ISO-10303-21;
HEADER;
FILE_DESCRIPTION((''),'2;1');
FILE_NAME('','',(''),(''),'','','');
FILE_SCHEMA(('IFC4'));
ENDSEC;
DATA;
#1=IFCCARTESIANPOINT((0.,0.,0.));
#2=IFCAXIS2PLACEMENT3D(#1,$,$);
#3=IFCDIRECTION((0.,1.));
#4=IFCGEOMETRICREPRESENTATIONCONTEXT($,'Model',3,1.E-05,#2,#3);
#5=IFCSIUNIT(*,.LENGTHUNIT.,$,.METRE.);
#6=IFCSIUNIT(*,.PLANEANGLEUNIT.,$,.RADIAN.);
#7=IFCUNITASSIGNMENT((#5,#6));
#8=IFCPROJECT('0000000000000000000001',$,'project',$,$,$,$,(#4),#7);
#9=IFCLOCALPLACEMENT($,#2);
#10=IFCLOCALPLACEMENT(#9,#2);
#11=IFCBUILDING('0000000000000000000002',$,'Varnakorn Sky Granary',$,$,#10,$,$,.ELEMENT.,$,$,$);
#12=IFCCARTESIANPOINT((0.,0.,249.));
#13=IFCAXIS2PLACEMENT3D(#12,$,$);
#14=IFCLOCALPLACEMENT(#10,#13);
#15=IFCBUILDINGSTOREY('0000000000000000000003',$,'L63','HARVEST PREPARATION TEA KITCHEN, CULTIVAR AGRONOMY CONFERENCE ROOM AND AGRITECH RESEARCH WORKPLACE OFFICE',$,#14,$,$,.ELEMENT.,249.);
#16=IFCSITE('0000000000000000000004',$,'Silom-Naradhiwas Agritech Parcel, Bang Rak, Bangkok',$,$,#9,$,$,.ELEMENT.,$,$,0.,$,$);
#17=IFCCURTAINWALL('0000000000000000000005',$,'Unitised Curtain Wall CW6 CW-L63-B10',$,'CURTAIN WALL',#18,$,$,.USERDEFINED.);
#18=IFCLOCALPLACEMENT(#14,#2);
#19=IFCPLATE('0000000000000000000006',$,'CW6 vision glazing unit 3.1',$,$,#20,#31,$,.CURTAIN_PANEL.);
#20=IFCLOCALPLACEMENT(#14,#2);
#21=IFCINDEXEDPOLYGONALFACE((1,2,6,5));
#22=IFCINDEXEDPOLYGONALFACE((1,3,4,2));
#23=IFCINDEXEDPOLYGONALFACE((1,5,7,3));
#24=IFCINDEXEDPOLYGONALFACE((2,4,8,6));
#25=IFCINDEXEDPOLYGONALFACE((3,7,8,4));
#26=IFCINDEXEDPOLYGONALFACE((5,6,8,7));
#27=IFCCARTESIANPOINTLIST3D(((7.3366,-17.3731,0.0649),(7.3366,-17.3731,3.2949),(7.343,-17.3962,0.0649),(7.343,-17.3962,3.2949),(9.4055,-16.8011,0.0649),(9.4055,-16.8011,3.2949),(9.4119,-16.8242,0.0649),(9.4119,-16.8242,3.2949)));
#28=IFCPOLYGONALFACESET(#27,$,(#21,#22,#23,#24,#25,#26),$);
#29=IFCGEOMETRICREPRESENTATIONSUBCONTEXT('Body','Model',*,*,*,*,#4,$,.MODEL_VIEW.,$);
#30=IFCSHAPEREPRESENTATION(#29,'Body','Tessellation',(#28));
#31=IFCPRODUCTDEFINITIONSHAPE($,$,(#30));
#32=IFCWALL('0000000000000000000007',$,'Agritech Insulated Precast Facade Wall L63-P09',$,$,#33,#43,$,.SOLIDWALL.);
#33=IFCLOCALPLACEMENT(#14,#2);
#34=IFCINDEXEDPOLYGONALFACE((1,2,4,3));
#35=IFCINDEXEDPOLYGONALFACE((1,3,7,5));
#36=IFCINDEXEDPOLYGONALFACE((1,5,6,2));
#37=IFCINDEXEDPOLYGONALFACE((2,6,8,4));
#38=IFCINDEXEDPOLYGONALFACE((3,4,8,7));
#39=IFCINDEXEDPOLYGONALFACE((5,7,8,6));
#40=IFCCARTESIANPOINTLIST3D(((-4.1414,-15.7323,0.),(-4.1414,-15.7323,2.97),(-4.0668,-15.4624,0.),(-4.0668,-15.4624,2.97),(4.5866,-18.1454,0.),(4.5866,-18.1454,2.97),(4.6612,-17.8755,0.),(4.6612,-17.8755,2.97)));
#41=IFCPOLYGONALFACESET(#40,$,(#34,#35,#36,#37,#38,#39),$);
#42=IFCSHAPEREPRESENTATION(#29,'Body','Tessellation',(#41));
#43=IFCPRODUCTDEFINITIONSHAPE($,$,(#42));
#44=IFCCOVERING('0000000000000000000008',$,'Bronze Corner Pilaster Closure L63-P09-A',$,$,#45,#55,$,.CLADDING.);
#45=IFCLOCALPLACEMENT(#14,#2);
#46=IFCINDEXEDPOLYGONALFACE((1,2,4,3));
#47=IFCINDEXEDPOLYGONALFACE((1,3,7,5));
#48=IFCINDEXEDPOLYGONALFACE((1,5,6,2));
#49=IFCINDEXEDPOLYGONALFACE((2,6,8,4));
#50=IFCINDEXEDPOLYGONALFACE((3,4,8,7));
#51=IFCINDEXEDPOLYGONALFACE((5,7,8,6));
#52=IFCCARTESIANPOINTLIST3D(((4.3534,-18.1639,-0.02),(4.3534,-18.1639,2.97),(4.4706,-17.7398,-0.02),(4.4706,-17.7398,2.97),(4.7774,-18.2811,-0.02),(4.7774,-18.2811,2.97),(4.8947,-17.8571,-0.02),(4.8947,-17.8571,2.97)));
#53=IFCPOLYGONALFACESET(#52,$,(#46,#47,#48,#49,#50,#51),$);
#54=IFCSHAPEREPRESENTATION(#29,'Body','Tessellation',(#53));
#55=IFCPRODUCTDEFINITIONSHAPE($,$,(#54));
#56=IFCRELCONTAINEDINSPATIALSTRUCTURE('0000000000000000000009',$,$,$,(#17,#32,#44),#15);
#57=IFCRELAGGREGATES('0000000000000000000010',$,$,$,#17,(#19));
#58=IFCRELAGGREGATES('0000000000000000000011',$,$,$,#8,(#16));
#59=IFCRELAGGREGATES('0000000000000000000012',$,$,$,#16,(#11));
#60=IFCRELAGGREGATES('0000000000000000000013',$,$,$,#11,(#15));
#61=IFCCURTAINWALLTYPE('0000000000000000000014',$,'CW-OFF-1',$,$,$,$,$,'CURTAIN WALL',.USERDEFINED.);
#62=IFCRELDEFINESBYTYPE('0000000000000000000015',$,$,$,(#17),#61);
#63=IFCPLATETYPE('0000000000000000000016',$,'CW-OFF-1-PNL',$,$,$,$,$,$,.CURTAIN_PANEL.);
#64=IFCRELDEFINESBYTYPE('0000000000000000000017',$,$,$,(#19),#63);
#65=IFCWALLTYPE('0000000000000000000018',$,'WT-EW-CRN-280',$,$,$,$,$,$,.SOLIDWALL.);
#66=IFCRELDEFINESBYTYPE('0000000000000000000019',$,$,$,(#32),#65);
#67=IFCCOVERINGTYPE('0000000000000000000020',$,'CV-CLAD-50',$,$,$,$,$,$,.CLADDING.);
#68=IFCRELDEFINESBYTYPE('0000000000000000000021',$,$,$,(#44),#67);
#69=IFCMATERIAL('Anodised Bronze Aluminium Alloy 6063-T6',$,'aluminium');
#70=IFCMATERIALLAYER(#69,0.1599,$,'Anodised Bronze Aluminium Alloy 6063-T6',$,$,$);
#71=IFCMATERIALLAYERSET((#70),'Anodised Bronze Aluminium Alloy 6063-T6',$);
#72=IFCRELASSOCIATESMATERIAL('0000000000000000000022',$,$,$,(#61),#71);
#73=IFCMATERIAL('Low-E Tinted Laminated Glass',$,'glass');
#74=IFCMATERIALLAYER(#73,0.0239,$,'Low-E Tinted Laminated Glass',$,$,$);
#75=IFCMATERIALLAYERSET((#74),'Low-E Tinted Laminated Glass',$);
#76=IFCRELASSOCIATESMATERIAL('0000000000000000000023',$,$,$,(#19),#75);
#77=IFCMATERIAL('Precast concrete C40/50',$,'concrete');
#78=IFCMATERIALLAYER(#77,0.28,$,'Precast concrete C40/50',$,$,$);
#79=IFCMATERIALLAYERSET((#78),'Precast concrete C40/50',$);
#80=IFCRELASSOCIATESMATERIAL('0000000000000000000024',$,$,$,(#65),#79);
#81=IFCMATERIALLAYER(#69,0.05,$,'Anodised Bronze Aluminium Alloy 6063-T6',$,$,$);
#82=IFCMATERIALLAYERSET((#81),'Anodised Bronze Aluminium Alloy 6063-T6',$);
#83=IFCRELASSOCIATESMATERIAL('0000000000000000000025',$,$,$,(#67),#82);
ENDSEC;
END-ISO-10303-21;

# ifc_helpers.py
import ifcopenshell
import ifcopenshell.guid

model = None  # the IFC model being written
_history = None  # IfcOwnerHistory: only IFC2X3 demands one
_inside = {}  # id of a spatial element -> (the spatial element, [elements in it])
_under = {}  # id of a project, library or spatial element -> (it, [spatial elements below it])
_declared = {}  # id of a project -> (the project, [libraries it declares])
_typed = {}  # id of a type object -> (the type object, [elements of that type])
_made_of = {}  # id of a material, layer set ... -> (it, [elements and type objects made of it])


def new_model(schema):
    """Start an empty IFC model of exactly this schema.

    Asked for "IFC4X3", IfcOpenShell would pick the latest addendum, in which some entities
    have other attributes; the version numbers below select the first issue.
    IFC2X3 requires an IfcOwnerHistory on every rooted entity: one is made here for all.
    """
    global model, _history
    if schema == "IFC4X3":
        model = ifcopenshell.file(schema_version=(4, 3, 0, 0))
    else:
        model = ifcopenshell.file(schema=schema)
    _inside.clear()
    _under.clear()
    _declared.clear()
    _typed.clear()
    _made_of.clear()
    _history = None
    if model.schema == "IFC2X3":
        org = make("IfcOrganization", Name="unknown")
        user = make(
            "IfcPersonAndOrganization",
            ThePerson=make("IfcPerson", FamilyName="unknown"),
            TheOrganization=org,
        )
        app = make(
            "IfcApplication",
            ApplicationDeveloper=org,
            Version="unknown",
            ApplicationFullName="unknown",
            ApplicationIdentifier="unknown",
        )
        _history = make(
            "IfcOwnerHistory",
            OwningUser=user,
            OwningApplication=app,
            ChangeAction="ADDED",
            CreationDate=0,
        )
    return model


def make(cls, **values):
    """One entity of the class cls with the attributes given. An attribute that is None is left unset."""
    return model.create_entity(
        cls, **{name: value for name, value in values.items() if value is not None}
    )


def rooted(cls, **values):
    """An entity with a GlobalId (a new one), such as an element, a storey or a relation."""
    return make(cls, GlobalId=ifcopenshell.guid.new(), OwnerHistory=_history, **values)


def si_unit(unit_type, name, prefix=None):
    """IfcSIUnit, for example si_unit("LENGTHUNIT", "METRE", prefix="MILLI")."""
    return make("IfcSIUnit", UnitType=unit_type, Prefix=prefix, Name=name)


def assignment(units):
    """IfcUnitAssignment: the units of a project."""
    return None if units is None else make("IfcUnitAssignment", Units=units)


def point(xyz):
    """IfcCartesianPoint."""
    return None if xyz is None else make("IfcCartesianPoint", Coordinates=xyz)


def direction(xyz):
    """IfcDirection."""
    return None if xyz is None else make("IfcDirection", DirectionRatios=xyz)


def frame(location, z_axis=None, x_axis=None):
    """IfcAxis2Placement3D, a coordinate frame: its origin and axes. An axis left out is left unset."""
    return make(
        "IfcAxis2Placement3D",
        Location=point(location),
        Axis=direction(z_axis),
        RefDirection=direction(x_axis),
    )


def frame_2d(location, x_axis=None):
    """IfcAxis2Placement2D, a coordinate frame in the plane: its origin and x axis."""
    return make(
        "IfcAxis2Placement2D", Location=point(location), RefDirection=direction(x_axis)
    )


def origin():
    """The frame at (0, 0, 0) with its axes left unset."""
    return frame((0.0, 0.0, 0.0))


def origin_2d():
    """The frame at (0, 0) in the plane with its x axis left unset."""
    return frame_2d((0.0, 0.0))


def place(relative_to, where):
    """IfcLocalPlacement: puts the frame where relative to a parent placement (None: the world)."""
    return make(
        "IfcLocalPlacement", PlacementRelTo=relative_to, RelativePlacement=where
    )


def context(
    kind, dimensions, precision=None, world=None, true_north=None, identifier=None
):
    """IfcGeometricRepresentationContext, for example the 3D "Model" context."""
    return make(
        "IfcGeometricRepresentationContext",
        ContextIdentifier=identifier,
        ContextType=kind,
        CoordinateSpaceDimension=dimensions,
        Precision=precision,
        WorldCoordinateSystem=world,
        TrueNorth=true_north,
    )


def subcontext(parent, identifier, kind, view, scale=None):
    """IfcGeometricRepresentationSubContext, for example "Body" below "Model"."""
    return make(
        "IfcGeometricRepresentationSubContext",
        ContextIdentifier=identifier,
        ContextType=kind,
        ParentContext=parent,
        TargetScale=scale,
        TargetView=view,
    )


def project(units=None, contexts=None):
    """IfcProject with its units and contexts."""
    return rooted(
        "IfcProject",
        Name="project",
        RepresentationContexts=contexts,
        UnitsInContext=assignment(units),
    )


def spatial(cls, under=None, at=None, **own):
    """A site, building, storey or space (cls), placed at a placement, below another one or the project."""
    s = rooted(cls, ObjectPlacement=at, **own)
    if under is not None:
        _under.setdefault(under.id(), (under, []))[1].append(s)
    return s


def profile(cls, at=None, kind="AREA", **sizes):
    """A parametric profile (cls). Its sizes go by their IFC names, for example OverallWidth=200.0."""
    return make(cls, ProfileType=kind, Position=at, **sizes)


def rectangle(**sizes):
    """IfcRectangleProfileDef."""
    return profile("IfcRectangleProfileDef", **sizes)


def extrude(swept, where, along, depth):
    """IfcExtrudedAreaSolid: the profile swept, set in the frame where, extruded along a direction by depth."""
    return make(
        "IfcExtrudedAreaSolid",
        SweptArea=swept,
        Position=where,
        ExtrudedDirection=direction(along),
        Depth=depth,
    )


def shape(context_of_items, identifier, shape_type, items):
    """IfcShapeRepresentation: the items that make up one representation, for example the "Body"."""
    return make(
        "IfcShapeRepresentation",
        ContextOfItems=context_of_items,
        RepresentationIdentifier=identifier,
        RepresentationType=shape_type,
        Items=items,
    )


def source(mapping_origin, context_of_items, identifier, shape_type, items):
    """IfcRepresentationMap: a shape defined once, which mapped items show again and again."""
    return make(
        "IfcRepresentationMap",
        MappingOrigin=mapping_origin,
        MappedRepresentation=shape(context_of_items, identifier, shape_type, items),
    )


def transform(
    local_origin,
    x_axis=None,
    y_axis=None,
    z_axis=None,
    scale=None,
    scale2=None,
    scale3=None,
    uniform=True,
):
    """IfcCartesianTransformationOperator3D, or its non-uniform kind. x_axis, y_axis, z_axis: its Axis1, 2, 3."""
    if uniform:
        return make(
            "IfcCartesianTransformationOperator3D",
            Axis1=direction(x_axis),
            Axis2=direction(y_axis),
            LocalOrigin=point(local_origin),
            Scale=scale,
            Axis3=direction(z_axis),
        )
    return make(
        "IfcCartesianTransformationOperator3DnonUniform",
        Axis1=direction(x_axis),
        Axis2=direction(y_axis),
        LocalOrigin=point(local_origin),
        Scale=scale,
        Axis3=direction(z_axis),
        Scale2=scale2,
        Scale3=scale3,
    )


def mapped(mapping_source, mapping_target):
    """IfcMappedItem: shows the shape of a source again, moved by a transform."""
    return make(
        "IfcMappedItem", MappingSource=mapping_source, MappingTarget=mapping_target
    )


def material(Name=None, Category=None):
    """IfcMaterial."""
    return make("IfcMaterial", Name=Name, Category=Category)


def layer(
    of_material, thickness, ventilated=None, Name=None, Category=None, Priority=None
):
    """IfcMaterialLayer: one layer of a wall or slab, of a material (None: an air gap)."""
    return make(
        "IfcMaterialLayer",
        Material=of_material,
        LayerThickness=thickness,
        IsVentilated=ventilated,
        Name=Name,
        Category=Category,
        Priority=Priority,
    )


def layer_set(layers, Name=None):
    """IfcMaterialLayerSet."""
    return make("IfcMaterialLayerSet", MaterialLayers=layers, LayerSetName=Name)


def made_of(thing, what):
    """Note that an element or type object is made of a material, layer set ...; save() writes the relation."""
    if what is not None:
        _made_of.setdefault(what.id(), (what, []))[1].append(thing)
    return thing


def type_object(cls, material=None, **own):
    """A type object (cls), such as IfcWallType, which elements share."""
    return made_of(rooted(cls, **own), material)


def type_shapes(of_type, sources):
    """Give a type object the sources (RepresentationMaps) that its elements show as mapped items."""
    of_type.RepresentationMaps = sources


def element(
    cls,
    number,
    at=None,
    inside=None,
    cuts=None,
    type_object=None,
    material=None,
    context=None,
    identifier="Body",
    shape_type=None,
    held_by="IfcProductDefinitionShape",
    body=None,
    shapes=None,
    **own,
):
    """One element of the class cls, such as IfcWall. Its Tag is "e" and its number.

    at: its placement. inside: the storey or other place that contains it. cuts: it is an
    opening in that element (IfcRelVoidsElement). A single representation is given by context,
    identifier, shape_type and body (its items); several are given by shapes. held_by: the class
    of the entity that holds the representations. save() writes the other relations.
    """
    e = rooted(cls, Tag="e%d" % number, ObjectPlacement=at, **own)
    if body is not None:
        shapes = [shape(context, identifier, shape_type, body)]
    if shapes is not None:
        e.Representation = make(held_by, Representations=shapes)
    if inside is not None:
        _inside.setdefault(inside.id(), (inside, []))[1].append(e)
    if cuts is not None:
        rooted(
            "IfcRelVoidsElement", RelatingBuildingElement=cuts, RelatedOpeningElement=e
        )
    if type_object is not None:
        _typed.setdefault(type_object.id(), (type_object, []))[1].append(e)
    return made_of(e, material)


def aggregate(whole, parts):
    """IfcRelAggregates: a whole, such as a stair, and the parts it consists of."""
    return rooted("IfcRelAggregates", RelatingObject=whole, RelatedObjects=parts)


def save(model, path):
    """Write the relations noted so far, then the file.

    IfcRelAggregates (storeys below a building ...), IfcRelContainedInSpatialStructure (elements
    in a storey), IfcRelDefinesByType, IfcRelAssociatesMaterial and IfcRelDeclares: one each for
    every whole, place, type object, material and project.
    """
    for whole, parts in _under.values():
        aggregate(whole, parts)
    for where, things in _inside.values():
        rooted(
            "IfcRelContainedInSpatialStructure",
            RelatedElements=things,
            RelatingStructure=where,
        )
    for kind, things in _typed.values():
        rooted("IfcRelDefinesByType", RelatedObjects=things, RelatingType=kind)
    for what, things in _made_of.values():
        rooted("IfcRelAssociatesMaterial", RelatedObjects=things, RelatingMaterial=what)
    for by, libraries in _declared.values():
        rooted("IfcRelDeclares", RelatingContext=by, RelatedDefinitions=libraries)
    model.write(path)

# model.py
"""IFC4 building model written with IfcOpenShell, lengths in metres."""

from ifc_helpers import new_model, si_unit, direction, frame, frame_2d, origin, origin_2d, place, context, subcontext, project, spatial, rectangle, extrude, source, transform, mapped, material, layer, layer_set, type_object, type_shapes, element, aggregate, save


model = new_model("IFC4")

# Units and contexts
model_context = context("Model", 3, precision=1e-05, world=origin(), true_north=direction((0.0, 1.0)))
body_context = subcontext(model_context, "Body", "Model", "MODEL_VIEW")
ifc_project = project(units=[si_unit("LENGTHUNIT", "METRE"), si_unit("PLANEANGLEUNIT", "RADIAN")], contexts=[model_context])

# Site, building, storey
site_placement = place(None, origin())
site = spatial("IfcSite", under=ifc_project, at=site_placement, Name="Silom-Naradhiwas Agritech Parcel, Bang Rak, Bangkok", CompositionType="ELEMENT", RefElevation=0.0)
building_placement = place(site_placement, origin())
building = spatial("IfcBuilding", under=site, at=building_placement, Name="Varnakorn Sky Granary", CompositionType="ELEMENT")
storey_placement = place(building_placement, frame((0.0, 0.0, 249.0)))
storey = spatial("IfcBuildingStorey", under=building, at=storey_placement, Name="L63", Description="HARVEST PREPARATION TEA KITCHEN, CULTIVAR AGRONOMY CONFERENCE ROOM AND AGRITECH RESEARCH WORKPLACE OFFICE", CompositionType="ELEMENT", Elevation=249.0)

# Curtain wall, plate
ifc_material_1 = material(Name="Anodised Bronze Aluminium Alloy 6063-T6", Category="aluminium")
ifc_layer_1 = layer(ifc_material_1, 0.1599, Name="Anodised Bronze Aluminium Alloy 6063-T6")
ifc_layer_set_1 = layer_set([ifc_layer_1], Name="Anodised Bronze Aluminium Alloy 6063-T6")
curtain_wall_type = type_object("IfcCurtainWallType", Name="CW-OFF-1", ElementType="CURTAIN WALL", PredefinedType="USERDEFINED", material=ifc_layer_set_1)
curtain_wall_placement = place(storey_placement, origin())
curtain_wall = element("IfcCurtainWall", 1, at=curtain_wall_placement, inside=storey, type_object=curtain_wall_type, Name="Unitised Curtain Wall CW6 CW-L63-B10", ObjectType="CURTAIN WALL", PredefinedType="USERDEFINED")
plate_type = type_object("IfcPlateType", Name="CW-OFF-1-PNL", PredefinedType="CURTAIN_PANEL")
ifc_material_2 = material(Name="Low-E Tinted Laminated Glass", Category="glass")
ifc_layer_2 = layer(ifc_material_2, 0.0239, Name="Low-E Tinted Laminated Glass")
ifc_layer_set_2 = layer_set([ifc_layer_2], Name="Low-E Tinted Laminated Glass")
shared_shape_1 = source(origin(), body_context, "Body", "SweptSolid", [
    extrude(rectangle(XDim=2.1465, YDim=0.0239, at=origin_2d()), origin(), (0.0, 0.0, 1.0), 3.23),
])
plate_1_placement = place(storey_placement, frame((8.3743, -17.0986, 0.0649), z_axis=(0.0, 0.0, 1.0), x_axis=(-0.963839, -0.266487, 0.0)))
plate_1 = element("IfcPlate", 2, at=plate_1_placement, type_object=plate_type, material=ifc_layer_set_2, Name="CW6 vision glazing unit 3.1", PredefinedType="CURTAIN_PANEL", context=body_context, shape_type="MappedRepresentation", body=[
    mapped(shared_shape_1, transform((0.0, 0.0, 0.0), x_axis=(1.0, 0.0, 0.0), y_axis=(0.0, 1.0, 0.0), z_axis=(0.0, 0.0, 1.0), scale=1.0)),
])
aggregate(curtain_wall, [plate_1])

# Wall
ifc_material_3 = material(Name="Precast concrete C40/50", Category="concrete")
ifc_layer_3 = layer(ifc_material_3, 0.28, Name="Precast concrete C40/50")
ifc_layer_set_3 = layer_set([ifc_layer_3], Name="Precast concrete C40/50")
wall_type = type_object("IfcWallType", Name="WT-EW-CRN-280", PredefinedType="SOLIDWALL", material=ifc_layer_set_3)
wall_placement = place(storey_placement, frame((4.624, -18.0105, 0.0), z_axis=(0.0, 0.0, 1.0), x_axis=(-0.963841, 0.266478, 0.0)))
element("IfcWall", 3, at=wall_placement, inside=storey, type_object=wall_type, Name="Agritech Insulated Precast Facade Wall L63-P09", PredefinedType="SOLIDWALL", context=body_context, shape_type="SweptSolid", body=[
    extrude(rectangle(XDim=9.0554, YDim=0.28, at=frame_2d((4.5278, 0.0))), origin(), (0.0, 0.0, 1.0), 2.97),
])

# Covering
ifc_layer_4 = layer(ifc_material_1, 0.05, Name="Anodised Bronze Aluminium Alloy 6063-T6")
ifc_layer_set_4 = layer_set([ifc_layer_4], Name="Anodised Bronze Aluminium Alloy 6063-T6")
covering_type = type_object("IfcCoveringType", Name="CV-CLAD-50", PredefinedType="CLADDING", material=ifc_layer_set_4)
shared_shape_2 = source(origin(), body_context, "Body", "SweptSolid", [
    extrude(rectangle(XDim=0.4399, YDim=0.4399, at=origin_2d()), origin(), (0.0, 0.0, 1.0), 2.99),
])
type_shapes(covering_type, [shared_shape_2])
covering_placement = place(storey_placement, frame((4.624, -18.0105, -0.02), z_axis=(0.0, 0.0, 1.0), x_axis=(-0.963817, 0.266566, 0.0)))
element("IfcCovering", 4, at=covering_placement, inside=storey, type_object=covering_type, Name="Bronze Corner Pilaster Closure L63-P09-A", PredefinedType="CLADDING", context=body_context, shape_type="MappedRepresentation", body=[
    mapped(shared_shape_2, transform((0.0, 0.0, 0.0), x_axis=(1.0, 0.0, 0.0), y_axis=(0.0, 1.0, 0.0), z_axis=(0.0, 0.0, 1.0), scale=1.0)),
])

save(model, "model.ifc")
